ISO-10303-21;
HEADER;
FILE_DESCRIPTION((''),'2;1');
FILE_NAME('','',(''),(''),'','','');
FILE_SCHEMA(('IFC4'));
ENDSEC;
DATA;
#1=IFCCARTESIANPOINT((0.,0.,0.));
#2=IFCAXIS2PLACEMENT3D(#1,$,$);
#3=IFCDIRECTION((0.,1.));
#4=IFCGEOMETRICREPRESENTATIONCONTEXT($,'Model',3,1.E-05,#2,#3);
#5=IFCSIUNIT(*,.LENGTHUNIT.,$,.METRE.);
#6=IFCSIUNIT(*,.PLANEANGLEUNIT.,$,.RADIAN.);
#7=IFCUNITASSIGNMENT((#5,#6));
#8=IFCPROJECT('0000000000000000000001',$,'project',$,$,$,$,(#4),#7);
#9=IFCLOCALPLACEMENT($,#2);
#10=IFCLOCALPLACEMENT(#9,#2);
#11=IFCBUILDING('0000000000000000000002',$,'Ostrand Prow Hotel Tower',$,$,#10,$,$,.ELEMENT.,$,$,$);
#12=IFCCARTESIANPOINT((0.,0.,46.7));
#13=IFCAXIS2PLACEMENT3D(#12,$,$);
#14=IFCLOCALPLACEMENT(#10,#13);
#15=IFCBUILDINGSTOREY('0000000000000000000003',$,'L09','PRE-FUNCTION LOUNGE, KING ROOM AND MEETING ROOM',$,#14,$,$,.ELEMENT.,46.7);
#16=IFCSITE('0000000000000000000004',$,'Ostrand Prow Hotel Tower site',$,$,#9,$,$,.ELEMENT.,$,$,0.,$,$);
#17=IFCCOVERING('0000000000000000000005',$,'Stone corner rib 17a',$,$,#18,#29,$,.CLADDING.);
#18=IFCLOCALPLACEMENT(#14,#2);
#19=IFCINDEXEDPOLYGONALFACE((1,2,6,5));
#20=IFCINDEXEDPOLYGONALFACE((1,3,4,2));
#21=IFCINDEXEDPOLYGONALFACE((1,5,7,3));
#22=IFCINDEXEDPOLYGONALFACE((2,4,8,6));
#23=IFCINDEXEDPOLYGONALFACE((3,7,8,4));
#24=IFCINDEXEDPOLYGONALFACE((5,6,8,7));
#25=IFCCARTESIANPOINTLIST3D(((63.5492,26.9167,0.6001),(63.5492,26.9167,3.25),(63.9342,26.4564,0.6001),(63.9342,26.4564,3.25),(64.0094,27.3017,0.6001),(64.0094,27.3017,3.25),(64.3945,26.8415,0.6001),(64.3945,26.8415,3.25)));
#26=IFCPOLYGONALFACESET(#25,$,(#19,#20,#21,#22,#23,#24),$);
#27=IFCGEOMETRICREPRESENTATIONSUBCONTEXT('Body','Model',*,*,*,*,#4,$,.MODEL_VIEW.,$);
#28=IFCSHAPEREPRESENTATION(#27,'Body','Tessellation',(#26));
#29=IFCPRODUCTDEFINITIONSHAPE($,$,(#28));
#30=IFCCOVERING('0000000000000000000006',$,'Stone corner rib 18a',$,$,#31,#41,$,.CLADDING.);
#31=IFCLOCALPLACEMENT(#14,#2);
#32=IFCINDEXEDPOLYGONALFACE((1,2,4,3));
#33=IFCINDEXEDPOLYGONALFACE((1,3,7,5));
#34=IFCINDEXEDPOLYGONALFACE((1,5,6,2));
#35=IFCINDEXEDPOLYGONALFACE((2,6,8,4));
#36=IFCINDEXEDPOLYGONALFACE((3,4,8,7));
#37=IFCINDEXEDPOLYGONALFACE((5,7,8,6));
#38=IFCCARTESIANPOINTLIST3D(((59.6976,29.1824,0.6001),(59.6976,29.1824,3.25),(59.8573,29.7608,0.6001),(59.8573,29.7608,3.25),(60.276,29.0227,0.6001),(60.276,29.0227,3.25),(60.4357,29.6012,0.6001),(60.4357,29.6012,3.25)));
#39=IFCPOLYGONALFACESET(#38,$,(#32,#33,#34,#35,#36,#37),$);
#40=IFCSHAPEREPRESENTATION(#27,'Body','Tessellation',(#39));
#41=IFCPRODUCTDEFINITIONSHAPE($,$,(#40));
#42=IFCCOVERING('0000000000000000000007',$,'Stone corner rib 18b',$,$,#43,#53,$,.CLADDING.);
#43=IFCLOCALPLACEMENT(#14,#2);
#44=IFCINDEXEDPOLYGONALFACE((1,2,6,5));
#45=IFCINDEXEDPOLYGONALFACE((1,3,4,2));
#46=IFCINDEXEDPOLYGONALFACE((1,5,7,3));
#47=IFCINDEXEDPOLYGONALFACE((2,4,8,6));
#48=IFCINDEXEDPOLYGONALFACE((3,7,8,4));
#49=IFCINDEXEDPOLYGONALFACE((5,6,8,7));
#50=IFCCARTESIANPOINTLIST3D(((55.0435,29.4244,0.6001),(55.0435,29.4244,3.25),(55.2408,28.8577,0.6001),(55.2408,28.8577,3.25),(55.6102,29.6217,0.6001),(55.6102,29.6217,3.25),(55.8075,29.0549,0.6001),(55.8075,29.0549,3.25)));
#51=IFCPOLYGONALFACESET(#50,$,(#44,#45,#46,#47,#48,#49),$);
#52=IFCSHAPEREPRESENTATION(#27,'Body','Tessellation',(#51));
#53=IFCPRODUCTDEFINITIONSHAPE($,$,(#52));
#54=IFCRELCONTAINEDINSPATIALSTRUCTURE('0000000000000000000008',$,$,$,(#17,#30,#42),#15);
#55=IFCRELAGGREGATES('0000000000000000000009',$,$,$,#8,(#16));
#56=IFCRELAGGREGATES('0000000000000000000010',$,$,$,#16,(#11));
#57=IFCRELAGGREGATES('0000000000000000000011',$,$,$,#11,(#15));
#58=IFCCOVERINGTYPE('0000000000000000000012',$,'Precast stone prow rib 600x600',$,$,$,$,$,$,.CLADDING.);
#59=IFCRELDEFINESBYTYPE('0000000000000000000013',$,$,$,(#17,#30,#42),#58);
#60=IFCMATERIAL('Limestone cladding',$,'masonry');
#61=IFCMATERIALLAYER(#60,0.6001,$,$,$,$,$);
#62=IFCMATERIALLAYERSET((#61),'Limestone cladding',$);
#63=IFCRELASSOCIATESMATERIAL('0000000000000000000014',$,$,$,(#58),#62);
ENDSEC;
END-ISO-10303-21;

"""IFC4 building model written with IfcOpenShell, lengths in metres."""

from ifc_helpers import new_model, si_unit, direction, frame, frame_2d, origin, place, context, subcontext, project, spatial, rectangle, extrude, material, layer, layer_set, type_object, element, save


model = new_model("IFC4")

# Units and contexts
model_context = context("Model", 3, precision=1e-05, world=origin(), true_north=direction((0.0, 1.0)))
body_context = subcontext(model_context, "Body", "Model", "MODEL_VIEW")
ifc_project = project(units=[si_unit("LENGTHUNIT", "METRE"), si_unit("PLANEANGLEUNIT", "RADIAN")], contexts=[model_context])

# Site, building, storey
site_placement = place(None, origin())
site = spatial("IfcSite", under=ifc_project, at=site_placement, Name="Ostrand Prow Hotel Tower site", CompositionType="ELEMENT", RefElevation=0.0)
building_placement = place(site_placement, origin())
building = spatial("IfcBuilding", under=site, at=building_placement, Name="Ostrand Prow Hotel Tower", CompositionType="ELEMENT")
storey_placement = place(building_placement, frame((0.0, 0.0, 46.7)))
storey = spatial("IfcBuildingStorey", under=building, at=storey_placement, Name="L09", Description="PRE-FUNCTION LOUNGE, KING ROOM AND MEETING ROOM", CompositionType="ELEMENT", Elevation=46.7)

# Coverings
ifc_material_1 = material(Name="Limestone cladding", Category="masonry")
ifc_layer_1 = layer(ifc_material_1, 0.6001)
ifc_layer_set_1 = layer_set([ifc_layer_1], Name="Limestone cladding")
covering_type = type_object("IfcCoveringType", Name="Precast stone prow rib 600x600", PredefinedType="CLADDING", material=ifc_layer_set_1)
for number, where, z_axis, x_axis, name in (
    (1, (63.7417, 26.6865, 0.6001), (0.0, 0.0, 1.0), (0.766986, 0.641664, 0.0), "Stone corner rib 17a"),
    (2, (59.9868, 29.1025, 0.6001), (0.0, 0.0, 1.0), (0.266112, 0.963942, 0.0), "Stone corner rib 18a"),
    (3, (55.5242, 28.9563, 0.6001), (0.0, 0.0, 1.0), (-0.328773, 0.944409, 0.0), "Stone corner rib 18b"),
):
    element("IfcCovering", number, at=place(storey_placement, frame(where, z_axis=z_axis, x_axis=x_axis)), inside=storey, type_object=covering_type, Name=name, PredefinedType="CLADDING", context=body_context, shape_type="SweptSolid", body=[
        extrude(rectangle(XDim=0.6001, YDim=0.6001, at=frame_2d((0.3, 0.0))), origin(), (0.0, 0.0, 1.0), 2.6499),
    ])

save(model, "model.ifc")
